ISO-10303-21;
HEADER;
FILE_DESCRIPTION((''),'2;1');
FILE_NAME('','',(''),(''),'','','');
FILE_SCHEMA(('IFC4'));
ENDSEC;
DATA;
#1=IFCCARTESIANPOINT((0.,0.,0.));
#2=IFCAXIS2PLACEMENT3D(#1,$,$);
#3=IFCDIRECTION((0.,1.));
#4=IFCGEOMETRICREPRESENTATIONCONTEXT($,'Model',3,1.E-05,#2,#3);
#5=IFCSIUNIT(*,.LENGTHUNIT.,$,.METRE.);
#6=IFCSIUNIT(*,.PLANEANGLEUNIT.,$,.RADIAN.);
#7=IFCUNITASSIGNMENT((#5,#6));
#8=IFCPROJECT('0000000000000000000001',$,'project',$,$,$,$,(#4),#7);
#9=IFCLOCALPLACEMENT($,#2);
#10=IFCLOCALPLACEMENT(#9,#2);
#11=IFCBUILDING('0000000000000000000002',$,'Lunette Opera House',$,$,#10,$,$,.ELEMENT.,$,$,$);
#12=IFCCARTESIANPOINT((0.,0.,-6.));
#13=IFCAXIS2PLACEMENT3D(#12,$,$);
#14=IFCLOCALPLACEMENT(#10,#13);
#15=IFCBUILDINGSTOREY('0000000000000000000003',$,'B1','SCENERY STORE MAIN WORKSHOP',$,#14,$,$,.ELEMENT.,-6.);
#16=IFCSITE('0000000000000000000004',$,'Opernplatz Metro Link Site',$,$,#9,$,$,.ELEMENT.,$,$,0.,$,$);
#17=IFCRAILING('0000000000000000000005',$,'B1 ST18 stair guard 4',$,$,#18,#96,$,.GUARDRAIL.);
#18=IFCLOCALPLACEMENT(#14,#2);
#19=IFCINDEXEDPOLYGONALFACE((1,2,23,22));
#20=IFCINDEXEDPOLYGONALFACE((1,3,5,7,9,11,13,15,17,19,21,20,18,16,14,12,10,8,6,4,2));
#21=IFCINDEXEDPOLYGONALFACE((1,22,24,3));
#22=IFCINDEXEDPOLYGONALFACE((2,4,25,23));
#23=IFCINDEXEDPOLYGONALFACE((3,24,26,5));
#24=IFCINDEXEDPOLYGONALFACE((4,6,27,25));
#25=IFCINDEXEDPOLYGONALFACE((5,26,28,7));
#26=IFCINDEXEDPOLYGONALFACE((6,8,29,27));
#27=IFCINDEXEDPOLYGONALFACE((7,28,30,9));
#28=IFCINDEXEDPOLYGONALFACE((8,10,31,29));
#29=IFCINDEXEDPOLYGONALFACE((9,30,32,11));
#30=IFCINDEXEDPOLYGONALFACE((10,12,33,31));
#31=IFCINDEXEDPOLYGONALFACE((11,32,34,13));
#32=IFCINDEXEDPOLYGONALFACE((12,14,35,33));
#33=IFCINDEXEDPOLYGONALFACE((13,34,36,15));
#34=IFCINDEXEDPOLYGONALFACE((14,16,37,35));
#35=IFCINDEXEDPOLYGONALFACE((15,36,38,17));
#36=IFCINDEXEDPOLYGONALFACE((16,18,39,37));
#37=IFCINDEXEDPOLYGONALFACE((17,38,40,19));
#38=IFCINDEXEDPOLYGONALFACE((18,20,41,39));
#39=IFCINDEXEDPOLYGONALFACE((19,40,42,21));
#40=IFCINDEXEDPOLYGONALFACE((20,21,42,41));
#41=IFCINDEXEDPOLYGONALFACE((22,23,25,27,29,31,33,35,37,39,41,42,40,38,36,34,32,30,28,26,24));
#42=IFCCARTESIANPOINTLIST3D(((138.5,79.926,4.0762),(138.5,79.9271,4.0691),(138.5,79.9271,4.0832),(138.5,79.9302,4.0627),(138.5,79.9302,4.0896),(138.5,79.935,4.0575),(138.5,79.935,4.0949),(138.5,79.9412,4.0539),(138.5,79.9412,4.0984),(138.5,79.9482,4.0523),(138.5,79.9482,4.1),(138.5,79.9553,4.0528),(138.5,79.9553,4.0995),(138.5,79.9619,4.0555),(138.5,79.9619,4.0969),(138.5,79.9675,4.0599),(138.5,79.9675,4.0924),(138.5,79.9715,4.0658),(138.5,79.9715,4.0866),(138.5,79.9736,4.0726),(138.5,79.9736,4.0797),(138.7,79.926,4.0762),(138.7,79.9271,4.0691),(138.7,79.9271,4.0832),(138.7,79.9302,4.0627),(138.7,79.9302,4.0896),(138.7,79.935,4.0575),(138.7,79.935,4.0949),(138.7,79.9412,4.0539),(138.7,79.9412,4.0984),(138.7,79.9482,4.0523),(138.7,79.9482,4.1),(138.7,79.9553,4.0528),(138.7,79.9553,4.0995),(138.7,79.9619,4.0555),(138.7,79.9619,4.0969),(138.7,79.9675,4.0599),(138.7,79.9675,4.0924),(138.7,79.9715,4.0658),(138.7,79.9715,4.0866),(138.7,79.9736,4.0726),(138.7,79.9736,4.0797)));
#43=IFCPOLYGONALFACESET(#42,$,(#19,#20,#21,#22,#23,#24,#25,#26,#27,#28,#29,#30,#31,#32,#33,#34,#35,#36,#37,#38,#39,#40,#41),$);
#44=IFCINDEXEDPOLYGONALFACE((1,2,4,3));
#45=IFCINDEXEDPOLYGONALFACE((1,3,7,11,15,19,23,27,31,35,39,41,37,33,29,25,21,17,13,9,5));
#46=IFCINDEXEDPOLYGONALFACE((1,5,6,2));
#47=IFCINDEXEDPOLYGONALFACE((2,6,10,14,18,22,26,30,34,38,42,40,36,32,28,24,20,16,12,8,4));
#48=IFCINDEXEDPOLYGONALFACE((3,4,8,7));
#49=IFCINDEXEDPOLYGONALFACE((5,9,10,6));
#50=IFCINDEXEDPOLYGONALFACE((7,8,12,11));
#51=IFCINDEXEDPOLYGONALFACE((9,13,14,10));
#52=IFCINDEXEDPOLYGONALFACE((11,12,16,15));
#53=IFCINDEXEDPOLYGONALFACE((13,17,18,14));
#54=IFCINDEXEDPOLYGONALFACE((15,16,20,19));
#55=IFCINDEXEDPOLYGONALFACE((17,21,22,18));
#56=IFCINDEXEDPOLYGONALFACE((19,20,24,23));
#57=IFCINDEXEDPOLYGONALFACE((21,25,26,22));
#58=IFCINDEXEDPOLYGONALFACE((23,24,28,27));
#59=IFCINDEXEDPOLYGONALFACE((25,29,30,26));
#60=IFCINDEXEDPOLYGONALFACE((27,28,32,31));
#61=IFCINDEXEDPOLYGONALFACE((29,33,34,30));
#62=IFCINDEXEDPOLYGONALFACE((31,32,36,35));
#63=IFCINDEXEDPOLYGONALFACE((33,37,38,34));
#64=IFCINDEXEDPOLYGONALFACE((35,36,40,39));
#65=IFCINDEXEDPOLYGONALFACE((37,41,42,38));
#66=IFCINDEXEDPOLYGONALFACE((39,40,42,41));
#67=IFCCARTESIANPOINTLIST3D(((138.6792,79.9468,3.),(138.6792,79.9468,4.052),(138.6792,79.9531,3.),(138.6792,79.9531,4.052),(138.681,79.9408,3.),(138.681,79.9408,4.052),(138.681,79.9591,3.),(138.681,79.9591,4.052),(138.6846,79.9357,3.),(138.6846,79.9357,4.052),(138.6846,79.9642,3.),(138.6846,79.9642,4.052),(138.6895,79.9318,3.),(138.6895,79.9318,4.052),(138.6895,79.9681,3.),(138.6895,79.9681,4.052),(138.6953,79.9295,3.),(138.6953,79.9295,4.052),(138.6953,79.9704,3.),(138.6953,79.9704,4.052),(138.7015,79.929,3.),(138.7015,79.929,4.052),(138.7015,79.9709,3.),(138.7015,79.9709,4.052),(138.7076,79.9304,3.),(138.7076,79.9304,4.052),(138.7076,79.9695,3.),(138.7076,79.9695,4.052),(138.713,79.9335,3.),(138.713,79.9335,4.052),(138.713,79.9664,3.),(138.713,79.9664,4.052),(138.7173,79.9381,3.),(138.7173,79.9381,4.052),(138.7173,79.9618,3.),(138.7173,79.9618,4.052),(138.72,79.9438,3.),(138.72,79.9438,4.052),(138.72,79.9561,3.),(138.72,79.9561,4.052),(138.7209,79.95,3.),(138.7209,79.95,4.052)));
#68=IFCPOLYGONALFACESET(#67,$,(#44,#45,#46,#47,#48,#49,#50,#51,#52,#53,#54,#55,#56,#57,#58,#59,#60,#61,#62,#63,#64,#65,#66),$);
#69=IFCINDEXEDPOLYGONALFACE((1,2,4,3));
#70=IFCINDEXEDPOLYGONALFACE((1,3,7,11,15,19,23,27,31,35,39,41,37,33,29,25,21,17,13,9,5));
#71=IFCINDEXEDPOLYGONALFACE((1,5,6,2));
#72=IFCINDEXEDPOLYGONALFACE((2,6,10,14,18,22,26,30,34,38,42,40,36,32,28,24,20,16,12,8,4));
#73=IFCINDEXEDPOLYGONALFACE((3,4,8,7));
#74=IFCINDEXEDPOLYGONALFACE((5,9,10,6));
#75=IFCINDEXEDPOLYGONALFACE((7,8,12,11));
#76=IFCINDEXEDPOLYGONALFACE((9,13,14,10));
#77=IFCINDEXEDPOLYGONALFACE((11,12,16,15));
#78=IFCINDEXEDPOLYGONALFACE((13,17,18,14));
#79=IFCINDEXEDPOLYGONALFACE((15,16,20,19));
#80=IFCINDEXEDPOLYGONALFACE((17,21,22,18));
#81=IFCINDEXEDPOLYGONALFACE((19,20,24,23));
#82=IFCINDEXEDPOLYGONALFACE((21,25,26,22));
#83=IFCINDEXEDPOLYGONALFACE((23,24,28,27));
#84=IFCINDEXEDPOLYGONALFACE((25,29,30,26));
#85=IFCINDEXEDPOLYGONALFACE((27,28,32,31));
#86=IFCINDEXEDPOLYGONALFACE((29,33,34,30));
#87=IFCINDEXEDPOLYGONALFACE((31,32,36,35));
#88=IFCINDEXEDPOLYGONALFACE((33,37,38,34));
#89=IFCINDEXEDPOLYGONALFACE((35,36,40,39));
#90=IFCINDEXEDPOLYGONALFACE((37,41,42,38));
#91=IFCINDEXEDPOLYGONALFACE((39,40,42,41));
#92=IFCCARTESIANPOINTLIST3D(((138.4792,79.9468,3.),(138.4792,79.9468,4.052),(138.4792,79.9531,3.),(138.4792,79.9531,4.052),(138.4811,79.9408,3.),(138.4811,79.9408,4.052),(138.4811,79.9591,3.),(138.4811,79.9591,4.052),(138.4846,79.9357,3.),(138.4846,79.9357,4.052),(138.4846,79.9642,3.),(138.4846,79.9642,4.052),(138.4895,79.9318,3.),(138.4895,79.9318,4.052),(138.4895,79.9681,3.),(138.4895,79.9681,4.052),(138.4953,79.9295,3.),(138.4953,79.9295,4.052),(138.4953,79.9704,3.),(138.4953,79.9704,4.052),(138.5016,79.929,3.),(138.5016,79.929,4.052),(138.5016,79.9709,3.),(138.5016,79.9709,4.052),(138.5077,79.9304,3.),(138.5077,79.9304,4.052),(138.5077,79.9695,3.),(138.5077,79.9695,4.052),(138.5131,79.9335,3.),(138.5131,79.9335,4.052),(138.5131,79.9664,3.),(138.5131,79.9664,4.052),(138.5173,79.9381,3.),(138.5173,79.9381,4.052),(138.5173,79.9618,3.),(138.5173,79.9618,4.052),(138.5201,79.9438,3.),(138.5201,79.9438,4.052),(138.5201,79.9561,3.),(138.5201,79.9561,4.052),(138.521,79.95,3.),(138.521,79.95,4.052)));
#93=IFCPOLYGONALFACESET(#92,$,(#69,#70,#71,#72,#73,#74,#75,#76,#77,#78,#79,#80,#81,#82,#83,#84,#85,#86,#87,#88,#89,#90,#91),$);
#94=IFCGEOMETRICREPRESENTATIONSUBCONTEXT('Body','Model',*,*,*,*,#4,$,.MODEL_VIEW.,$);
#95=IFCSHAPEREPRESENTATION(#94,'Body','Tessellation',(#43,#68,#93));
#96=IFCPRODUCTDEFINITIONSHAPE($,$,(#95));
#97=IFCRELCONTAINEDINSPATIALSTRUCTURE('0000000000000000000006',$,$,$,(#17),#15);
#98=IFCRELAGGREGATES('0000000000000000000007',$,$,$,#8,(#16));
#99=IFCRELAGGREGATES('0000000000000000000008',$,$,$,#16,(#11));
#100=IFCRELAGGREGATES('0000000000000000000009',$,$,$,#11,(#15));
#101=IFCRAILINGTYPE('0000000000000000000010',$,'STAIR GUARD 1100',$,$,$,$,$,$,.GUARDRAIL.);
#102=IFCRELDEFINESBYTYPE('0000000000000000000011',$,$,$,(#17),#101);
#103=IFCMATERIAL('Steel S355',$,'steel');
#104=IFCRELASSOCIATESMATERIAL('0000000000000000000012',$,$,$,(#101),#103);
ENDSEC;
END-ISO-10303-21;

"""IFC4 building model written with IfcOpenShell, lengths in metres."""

from ifc_helpers import new_model, si_unit, direction, frame, origin, origin_2d, place, context, subcontext, project, spatial, circle, extrude, material, type_object, element, save


model = new_model("IFC4")

# Units and contexts
model_context = context("Model", 3, precision=1e-05, world=origin(), true_north=direction((0.0, 1.0)))
body_context = subcontext(model_context, "Body", "Model", "MODEL_VIEW")
ifc_project = project(units=[si_unit("LENGTHUNIT", "METRE"), si_unit("PLANEANGLEUNIT", "RADIAN")], contexts=[model_context])

# Site, building, storey
site_placement = place(None, origin())
site = spatial("IfcSite", under=ifc_project, at=site_placement, Name="Opernplatz Metro Link Site", CompositionType="ELEMENT", RefElevation=0.0)
building_placement = place(site_placement, origin())
building = spatial("IfcBuilding", under=site, at=building_placement, Name="Lunette Opera House", CompositionType="ELEMENT")
storey_placement = place(building_placement, frame((0.0, 0.0, -6.0)))
storey = spatial("IfcBuildingStorey", under=building, at=storey_placement, Name="B1", Description="SCENERY STORE MAIN WORKSHOP", CompositionType="ELEMENT", Elevation=-6.0)

# Railing
ifc_material_1 = material(Name="Steel S355", Category="steel")
railing_type_1 = type_object("IfcRailingType", Name="STAIR GUARD 1100", PredefinedType="GUARDRAIL", material=ifc_material_1)
railing_1_placement = place(storey_placement, frame((138.7, 79.95, 3.0)))
element("IfcRailing", 1, at=railing_1_placement, inside=storey, type_object=railing_type_1, Name="B1 ST18 stair guard 4", PredefinedType="GUARDRAIL", context=body_context, shape_type="SweptSolid", body=[
    extrude(circle(Radius=0.0239, at=origin_2d()), frame((0.0, 0.0, 1.0762), z_axis=(-1.0, 0.0, 0.0), x_axis=(0.0, -1.0, 0.0)), (0.0, 0.0, 1.0), 0.2),
    extrude(circle(Radius=0.021, at=origin_2d()), origin(), (0.0, 0.0, 1.0), 1.052),
    extrude(circle(Radius=0.021, at=origin_2d()), frame((-0.2, 0.0, 0.0)), (0.0, 0.0, 1.0), 1.052),
])

save(model, "model.ifc")
